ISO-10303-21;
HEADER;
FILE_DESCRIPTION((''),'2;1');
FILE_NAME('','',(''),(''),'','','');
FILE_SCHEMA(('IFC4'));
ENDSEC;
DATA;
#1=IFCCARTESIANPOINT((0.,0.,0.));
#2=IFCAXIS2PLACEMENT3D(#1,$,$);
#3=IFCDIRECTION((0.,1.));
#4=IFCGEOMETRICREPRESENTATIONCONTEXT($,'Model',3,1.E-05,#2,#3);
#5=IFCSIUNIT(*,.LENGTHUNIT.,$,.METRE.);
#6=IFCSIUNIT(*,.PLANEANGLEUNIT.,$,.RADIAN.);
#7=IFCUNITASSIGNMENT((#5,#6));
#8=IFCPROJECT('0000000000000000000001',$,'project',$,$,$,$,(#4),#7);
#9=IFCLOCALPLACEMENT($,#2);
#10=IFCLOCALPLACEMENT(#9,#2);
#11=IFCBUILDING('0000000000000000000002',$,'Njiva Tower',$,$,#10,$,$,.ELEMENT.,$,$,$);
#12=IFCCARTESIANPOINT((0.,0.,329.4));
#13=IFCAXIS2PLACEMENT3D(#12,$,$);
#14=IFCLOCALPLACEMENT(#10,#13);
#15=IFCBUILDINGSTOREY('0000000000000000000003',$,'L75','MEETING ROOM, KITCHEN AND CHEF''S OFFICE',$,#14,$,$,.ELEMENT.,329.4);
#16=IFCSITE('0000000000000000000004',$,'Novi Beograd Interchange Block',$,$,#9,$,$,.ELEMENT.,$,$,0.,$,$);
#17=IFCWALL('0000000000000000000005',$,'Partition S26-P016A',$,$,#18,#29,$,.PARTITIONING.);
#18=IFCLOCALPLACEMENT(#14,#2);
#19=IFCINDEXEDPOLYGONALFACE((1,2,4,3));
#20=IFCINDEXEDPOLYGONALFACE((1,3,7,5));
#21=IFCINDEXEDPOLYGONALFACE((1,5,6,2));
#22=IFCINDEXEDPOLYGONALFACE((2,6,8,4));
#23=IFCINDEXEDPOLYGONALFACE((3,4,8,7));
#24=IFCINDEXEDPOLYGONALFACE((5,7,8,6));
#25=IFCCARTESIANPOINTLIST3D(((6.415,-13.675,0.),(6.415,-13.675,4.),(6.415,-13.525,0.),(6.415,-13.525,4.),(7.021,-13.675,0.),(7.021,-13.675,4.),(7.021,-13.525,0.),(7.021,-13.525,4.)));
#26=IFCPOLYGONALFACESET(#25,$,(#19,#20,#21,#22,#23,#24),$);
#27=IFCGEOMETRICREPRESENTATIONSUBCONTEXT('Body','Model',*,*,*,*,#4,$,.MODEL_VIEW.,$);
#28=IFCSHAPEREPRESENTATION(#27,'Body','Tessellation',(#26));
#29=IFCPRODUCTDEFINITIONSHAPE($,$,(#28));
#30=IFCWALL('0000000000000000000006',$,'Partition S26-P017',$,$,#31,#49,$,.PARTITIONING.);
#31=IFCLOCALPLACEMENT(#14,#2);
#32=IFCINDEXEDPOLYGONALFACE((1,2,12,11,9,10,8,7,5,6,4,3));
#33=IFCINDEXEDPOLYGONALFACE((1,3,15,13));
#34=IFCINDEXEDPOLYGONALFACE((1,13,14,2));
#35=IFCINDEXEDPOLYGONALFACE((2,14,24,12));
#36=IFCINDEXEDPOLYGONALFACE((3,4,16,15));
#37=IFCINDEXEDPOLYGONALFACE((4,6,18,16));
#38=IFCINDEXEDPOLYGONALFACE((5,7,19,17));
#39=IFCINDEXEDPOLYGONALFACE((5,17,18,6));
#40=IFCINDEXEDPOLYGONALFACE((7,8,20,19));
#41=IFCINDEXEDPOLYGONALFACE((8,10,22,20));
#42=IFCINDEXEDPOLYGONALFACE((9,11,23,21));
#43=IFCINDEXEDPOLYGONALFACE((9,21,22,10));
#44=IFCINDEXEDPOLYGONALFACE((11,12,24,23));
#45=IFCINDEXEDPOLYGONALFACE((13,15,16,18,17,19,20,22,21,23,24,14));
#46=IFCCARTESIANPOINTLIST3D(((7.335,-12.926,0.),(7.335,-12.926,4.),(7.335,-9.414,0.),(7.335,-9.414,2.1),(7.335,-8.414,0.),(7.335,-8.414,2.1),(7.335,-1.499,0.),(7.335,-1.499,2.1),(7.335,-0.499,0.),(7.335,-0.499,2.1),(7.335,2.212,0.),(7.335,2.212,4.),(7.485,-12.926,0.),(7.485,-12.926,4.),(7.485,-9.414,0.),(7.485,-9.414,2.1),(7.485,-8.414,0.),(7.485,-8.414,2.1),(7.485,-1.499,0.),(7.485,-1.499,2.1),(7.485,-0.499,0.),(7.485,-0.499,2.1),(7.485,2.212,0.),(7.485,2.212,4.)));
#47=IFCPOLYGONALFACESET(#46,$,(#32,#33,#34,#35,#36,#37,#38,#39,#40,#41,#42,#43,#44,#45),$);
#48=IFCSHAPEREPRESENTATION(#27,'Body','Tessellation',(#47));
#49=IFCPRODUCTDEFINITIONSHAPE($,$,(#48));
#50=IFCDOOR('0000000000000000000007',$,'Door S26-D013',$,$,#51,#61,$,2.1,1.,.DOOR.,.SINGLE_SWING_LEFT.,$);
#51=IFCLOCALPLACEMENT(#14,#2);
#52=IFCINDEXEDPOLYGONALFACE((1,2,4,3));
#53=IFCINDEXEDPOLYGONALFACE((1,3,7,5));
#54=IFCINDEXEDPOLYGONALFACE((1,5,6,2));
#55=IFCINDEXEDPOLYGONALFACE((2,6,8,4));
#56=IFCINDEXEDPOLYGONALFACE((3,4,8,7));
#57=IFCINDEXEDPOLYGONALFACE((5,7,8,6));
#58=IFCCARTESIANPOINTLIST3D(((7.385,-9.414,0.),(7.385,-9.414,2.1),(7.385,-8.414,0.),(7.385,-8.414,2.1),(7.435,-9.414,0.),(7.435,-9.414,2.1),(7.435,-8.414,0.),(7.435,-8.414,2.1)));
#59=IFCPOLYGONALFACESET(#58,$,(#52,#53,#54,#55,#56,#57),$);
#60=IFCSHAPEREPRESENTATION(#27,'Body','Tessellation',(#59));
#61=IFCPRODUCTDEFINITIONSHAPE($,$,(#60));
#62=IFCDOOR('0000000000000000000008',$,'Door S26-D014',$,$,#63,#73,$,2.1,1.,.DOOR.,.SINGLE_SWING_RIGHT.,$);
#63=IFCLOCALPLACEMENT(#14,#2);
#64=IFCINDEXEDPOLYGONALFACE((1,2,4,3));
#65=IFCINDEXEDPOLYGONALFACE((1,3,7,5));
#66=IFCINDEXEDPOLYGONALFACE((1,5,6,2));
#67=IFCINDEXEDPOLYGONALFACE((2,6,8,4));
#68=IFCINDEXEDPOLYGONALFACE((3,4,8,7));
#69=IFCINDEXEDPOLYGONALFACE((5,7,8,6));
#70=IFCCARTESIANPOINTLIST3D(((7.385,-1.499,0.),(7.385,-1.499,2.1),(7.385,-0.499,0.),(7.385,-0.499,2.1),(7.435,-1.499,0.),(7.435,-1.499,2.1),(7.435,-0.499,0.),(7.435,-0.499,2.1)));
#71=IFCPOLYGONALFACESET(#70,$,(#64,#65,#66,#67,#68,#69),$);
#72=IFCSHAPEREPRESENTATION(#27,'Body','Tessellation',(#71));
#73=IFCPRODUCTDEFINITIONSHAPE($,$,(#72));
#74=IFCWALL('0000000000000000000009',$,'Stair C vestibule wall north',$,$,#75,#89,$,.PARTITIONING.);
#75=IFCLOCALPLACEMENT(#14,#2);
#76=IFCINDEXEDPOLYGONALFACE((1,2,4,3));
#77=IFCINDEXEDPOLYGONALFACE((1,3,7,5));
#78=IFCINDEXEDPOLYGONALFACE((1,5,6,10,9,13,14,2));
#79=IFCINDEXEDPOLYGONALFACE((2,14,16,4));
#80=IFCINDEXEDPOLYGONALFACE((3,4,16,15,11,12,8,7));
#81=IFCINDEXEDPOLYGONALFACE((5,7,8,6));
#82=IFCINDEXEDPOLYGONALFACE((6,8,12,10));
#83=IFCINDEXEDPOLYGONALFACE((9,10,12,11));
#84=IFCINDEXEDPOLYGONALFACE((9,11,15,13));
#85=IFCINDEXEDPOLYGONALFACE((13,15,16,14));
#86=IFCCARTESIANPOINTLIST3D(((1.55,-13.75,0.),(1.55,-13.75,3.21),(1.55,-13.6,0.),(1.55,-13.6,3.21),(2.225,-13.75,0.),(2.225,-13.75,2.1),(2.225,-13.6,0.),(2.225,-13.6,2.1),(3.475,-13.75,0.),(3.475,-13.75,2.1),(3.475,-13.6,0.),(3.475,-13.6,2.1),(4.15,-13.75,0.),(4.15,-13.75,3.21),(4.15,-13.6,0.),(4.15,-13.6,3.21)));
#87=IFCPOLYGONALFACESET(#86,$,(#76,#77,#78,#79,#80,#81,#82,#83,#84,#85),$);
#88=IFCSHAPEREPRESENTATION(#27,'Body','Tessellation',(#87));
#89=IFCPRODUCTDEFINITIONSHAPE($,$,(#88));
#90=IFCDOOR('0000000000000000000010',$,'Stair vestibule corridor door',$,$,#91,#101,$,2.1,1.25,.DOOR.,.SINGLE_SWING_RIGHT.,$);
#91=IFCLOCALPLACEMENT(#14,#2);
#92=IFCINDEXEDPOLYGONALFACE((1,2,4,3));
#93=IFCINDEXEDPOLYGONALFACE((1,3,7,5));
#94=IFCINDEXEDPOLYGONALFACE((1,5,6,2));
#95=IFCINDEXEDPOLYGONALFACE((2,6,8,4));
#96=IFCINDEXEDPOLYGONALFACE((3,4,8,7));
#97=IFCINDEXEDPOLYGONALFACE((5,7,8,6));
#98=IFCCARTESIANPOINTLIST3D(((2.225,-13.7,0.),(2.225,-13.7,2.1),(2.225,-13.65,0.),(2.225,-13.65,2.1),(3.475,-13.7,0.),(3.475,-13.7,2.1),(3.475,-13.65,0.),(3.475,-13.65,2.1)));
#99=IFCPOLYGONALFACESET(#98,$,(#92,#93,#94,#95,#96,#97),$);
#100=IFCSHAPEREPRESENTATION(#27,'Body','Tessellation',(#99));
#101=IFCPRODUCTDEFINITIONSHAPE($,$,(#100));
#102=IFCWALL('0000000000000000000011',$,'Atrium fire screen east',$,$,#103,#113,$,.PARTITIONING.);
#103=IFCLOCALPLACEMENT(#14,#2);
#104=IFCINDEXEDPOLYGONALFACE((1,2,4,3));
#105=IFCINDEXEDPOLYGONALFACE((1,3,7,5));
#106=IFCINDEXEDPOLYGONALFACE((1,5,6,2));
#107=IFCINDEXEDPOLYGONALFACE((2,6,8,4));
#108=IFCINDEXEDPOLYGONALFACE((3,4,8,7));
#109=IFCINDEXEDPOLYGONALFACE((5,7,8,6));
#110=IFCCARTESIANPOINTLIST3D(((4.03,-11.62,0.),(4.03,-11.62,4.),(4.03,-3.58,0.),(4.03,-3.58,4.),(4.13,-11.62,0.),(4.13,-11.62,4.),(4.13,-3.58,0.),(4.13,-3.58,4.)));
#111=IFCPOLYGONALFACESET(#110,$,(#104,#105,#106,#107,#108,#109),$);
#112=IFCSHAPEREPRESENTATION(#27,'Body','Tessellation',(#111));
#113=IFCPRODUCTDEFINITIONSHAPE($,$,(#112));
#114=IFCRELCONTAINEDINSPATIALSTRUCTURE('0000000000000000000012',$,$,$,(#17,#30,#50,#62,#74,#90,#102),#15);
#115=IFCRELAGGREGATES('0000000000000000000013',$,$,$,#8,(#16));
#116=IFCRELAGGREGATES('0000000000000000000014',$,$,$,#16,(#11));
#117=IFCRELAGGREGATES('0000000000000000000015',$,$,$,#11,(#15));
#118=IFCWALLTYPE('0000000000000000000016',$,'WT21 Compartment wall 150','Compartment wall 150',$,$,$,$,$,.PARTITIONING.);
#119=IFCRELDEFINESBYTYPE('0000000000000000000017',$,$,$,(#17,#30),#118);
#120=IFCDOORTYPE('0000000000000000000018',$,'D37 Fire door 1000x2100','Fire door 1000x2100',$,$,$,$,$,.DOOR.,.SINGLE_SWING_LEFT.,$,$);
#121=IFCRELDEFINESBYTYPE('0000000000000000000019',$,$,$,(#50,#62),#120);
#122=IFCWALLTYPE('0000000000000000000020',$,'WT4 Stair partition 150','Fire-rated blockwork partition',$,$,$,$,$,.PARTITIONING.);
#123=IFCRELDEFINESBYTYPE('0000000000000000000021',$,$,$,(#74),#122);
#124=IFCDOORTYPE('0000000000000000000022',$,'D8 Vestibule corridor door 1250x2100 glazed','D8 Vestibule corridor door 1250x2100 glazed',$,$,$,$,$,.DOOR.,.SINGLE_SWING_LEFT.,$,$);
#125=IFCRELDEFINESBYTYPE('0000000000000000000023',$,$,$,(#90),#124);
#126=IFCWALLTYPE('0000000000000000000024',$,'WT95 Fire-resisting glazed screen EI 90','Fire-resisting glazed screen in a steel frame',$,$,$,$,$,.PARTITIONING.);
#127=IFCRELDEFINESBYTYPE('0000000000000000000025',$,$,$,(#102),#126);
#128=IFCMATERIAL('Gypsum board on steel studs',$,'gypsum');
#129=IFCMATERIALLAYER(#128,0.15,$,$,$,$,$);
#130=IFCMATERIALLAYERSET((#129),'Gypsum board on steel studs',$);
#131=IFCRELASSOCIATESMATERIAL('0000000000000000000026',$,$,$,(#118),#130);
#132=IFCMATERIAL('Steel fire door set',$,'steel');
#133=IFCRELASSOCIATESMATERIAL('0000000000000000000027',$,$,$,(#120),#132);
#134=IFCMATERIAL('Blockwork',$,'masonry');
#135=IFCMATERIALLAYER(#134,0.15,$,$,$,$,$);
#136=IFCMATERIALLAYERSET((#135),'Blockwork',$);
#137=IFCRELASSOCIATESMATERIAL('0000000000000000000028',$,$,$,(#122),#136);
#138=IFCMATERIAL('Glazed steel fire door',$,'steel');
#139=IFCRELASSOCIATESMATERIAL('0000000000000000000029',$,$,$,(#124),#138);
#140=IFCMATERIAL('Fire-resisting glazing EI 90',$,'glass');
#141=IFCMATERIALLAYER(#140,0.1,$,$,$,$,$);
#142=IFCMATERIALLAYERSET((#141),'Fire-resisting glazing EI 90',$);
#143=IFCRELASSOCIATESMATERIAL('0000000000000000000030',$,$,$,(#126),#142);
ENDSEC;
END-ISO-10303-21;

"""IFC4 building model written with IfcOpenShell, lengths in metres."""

from ifc_helpers import new_model, si_unit, direction, frame, frame_2d, origin, place, context, subcontext, project, spatial, rectangle, extrude, material, layer, layer_set, type_object, element, fill, save


model = new_model("IFC4")

# Units and contexts
model_context = context("Model", 3, precision=1e-05, world=origin(), true_north=direction((0.0, 1.0)))
body_context = subcontext(model_context, "Body", "Model", "MODEL_VIEW")
ifc_project = project(units=[si_unit("LENGTHUNIT", "METRE"), si_unit("PLANEANGLEUNIT", "RADIAN")], contexts=[model_context])

# Site, building, storey
site_placement = place(None, origin())
site = spatial("IfcSite", under=ifc_project, at=site_placement, Name="Novi Beograd Interchange Block", CompositionType="ELEMENT", RefElevation=0.0)
building_placement = place(site_placement, origin())
building = spatial("IfcBuilding", under=site, at=building_placement, Name="Njiva Tower", CompositionType="ELEMENT")
storey_placement = place(building_placement, frame((0.0, 0.0, 329.4)))
storey = spatial("IfcBuildingStorey", under=building, at=storey_placement, Name="L75", Description="MEETING ROOM, KITCHEN AND CHEF'S OFFICE", CompositionType="ELEMENT", Elevation=329.4)

# Wall
ifc_material_1 = material(Name="Gypsum board on steel studs", Category="gypsum")
ifc_layer_1 = layer(ifc_material_1, 0.15)
ifc_layer_set_1 = layer_set([ifc_layer_1], Name="Gypsum board on steel studs")
wall_type_1 = type_object("IfcWallType", Name="WT21 Compartment wall 150", Description="Compartment wall 150", PredefinedType="PARTITIONING", material=ifc_layer_set_1)
wall_1_placement = place(storey_placement, frame((6.415, -13.6, 0.0), z_axis=(0.0, 0.0, 1.0), x_axis=(1.0, 0.0, 0.0)))
element("IfcWall", 1, at=wall_1_placement, inside=storey, type_object=wall_type_1, Name="Partition S26-P016A", PredefinedType="PARTITIONING", context=body_context, shape_type="SweptSolid", body=[
    extrude(rectangle(XDim=0.606, YDim=0.15, at=frame_2d((0.303, 0.0))), origin(), (0.0, 0.0, 1.0), 4.0),
])

# Wall, openings, doors
wall_2_placement = place(storey_placement, frame((7.41, -12.926, 0.0), z_axis=(0.0, 0.0, 1.0), x_axis=(0.0, 1.0, 0.0)))
wall_2 = element("IfcWall", 2, at=wall_2_placement, inside=storey, type_object=wall_type_1, Name="Partition S26-P017", PredefinedType="PARTITIONING", context=body_context, shape_type="SweptSolid", body=[
    extrude(rectangle(XDim=15.138, YDim=0.15, at=frame_2d((7.569, 0.0))), origin(), (0.0, 0.0, 1.0), 4.0),
])
opening_1_placement = place(wall_2_placement, frame((3.512, 0.0, 0.0)))
opening_1 = element("IfcOpeningElement", 3, at=opening_1_placement, cuts=wall_2, PredefinedType="OPENING", context=body_context, shape_type="SweptSolid", body=[
    extrude(rectangle(XDim=1.0, YDim=2.1, at=frame_2d((0.5, 1.05))), frame((0.0, 0.085, 0.0), z_axis=(0.0, -1.0, 0.0), x_axis=(1.0, 0.0, 0.0)), (0.0, 0.0, 1.0), 0.17),
])
opening_2_placement = place(wall_2_placement, frame((11.427, 0.0, 0.0)))
opening_2 = element("IfcOpeningElement", 4, at=opening_2_placement, cuts=wall_2, PredefinedType="OPENING", context=body_context, shape_type="SweptSolid", body=[
    extrude(rectangle(XDim=1.0, YDim=2.1, at=frame_2d((0.5, 1.05))), frame((0.0, 0.085, 0.0), z_axis=(0.0, -1.0, 0.0), x_axis=(1.0, 0.0, 0.0)), (0.0, 0.0, 1.0), 0.17),
])
ifc_material_2 = material(Name="Steel fire door set", Category="steel")
door_type_1 = type_object("IfcDoorType", Name="D37 Fire door 1000x2100", Description="Fire door 1000x2100", OperationType="SINGLE_SWING_LEFT", PredefinedType="DOOR", material=ifc_material_2)
door_1_placement = place(opening_1_placement, origin())
door_1 = element("IfcDoor", 5, at=door_1_placement, inside=storey, type_object=door_type_1, Name="Door S26-D013", OperationType="SINGLE_SWING_LEFT", OverallHeight=2.1, OverallWidth=1.0, PredefinedType="DOOR", context=body_context, shape_type="SweptSolid", body=[
    extrude(rectangle(XDim=1.0, YDim=2.1, at=frame_2d((0.5, 1.05))), frame((0.0, 0.025, 0.0), z_axis=(0.0, -1.0, 0.0), x_axis=(1.0, 0.0, 0.0)), (0.0, 0.0, 1.0), 0.05),
])
fill(opening_1, door_1)
door_2_placement = place(opening_2_placement, origin())
door_2 = element("IfcDoor", 6, at=door_2_placement, inside=storey, type_object=door_type_1, Name="Door S26-D014", OperationType="SINGLE_SWING_RIGHT", OverallHeight=2.1, OverallWidth=1.0, PredefinedType="DOOR", context=body_context, shape_type="SweptSolid", body=[
    extrude(rectangle(XDim=1.0, YDim=2.1, at=frame_2d((0.5, 1.05))), frame((0.0, 0.025, 0.0), z_axis=(0.0, -1.0, 0.0), x_axis=(1.0, 0.0, 0.0)), (0.0, 0.0, 1.0), 0.05),
])
fill(opening_2, door_2)

# Wall, opening, door
ifc_material_3 = material(Name="Blockwork", Category="masonry")
ifc_layer_2 = layer(ifc_material_3, 0.15)
ifc_layer_set_2 = layer_set([ifc_layer_2], Name="Blockwork")
wall_type_2 = type_object("IfcWallType", Name="WT4 Stair partition 150", Description="Fire-rated blockwork partition", PredefinedType="PARTITIONING", material=ifc_layer_set_2)
wall_3_placement = place(storey_placement, frame((1.55, -13.675, 0.0), z_axis=(0.0, 0.0, 1.0), x_axis=(1.0, 0.0, 0.0)))
wall_3 = element("IfcWall", 7, at=wall_3_placement, inside=storey, type_object=wall_type_2, Name="Stair C vestibule wall north", PredefinedType="PARTITIONING", context=body_context, shape_type="SweptSolid", body=[
    extrude(rectangle(XDim=2.6, YDim=0.15, at=frame_2d((1.3, 0.0))), origin(), (0.0, 0.0, 1.0), 3.21),
])
opening_3_placement = place(wall_3_placement, frame((0.675, 0.0, 0.0)))
opening_3 = element("IfcOpeningElement", 8, at=opening_3_placement, cuts=wall_3, PredefinedType="OPENING", context=body_context, shape_type="SweptSolid", body=[
    extrude(rectangle(XDim=1.25, YDim=2.1, at=frame_2d((0.625, 1.05))), frame((0.0, 0.085, 0.0), z_axis=(0.0, -1.0, 0.0), x_axis=(1.0, 0.0, 0.0)), (0.0, 0.0, 1.0), 0.17),
])
ifc_material_4 = material(Name="Glazed steel fire door", Category="steel")
door_type_2 = type_object("IfcDoorType", Name="D8 Vestibule corridor door 1250x2100 glazed", Description="D8 Vestibule corridor door 1250x2100 glazed", OperationType="SINGLE_SWING_LEFT", PredefinedType="DOOR", material=ifc_material_4)
door_3_placement = place(opening_3_placement, origin())
door_3 = element("IfcDoor", 9, at=door_3_placement, inside=storey, type_object=door_type_2, Name="Stair vestibule corridor door", OperationType="SINGLE_SWING_RIGHT", OverallHeight=2.1, OverallWidth=1.25, PredefinedType="DOOR", context=body_context, shape_type="SweptSolid", body=[
    extrude(rectangle(XDim=1.25, YDim=2.1, at=frame_2d((0.625, 1.05))), frame((0.0, 0.025, 0.0), z_axis=(0.0, -1.0, 0.0), x_axis=(1.0, 0.0, 0.0)), (0.0, 0.0, 1.0), 0.05),
])
fill(opening_3, door_3)

# Wall
ifc_material_5 = material(Name="Fire-resisting glazing EI 90", Category="glass")
ifc_layer_3 = layer(ifc_material_5, 0.1)
ifc_layer_set_3 = layer_set([ifc_layer_3], Name="Fire-resisting glazing EI 90")
wall_type_3 = type_object("IfcWallType", Name="WT95 Fire-resisting glazed screen EI 90", Description="Fire-resisting glazed screen in a steel frame", PredefinedType="PARTITIONING", material=ifc_layer_set_3)
wall_4_placement = place(storey_placement, frame((4.08, -11.62, 0.0), z_axis=(0.0, 0.0, 1.0), x_axis=(0.0, 1.0, 0.0)))
element("IfcWall", 10, at=wall_4_placement, inside=storey, type_object=wall_type_3, Name="Atrium fire screen east", PredefinedType="PARTITIONING", context=body_context, shape_type="SweptSolid", body=[
    extrude(rectangle(XDim=8.04, YDim=0.1, at=frame_2d((4.02, 0.0))), origin(), (0.0, 0.0, 1.0), 4.0),
])

save(model, "model.ifc")
